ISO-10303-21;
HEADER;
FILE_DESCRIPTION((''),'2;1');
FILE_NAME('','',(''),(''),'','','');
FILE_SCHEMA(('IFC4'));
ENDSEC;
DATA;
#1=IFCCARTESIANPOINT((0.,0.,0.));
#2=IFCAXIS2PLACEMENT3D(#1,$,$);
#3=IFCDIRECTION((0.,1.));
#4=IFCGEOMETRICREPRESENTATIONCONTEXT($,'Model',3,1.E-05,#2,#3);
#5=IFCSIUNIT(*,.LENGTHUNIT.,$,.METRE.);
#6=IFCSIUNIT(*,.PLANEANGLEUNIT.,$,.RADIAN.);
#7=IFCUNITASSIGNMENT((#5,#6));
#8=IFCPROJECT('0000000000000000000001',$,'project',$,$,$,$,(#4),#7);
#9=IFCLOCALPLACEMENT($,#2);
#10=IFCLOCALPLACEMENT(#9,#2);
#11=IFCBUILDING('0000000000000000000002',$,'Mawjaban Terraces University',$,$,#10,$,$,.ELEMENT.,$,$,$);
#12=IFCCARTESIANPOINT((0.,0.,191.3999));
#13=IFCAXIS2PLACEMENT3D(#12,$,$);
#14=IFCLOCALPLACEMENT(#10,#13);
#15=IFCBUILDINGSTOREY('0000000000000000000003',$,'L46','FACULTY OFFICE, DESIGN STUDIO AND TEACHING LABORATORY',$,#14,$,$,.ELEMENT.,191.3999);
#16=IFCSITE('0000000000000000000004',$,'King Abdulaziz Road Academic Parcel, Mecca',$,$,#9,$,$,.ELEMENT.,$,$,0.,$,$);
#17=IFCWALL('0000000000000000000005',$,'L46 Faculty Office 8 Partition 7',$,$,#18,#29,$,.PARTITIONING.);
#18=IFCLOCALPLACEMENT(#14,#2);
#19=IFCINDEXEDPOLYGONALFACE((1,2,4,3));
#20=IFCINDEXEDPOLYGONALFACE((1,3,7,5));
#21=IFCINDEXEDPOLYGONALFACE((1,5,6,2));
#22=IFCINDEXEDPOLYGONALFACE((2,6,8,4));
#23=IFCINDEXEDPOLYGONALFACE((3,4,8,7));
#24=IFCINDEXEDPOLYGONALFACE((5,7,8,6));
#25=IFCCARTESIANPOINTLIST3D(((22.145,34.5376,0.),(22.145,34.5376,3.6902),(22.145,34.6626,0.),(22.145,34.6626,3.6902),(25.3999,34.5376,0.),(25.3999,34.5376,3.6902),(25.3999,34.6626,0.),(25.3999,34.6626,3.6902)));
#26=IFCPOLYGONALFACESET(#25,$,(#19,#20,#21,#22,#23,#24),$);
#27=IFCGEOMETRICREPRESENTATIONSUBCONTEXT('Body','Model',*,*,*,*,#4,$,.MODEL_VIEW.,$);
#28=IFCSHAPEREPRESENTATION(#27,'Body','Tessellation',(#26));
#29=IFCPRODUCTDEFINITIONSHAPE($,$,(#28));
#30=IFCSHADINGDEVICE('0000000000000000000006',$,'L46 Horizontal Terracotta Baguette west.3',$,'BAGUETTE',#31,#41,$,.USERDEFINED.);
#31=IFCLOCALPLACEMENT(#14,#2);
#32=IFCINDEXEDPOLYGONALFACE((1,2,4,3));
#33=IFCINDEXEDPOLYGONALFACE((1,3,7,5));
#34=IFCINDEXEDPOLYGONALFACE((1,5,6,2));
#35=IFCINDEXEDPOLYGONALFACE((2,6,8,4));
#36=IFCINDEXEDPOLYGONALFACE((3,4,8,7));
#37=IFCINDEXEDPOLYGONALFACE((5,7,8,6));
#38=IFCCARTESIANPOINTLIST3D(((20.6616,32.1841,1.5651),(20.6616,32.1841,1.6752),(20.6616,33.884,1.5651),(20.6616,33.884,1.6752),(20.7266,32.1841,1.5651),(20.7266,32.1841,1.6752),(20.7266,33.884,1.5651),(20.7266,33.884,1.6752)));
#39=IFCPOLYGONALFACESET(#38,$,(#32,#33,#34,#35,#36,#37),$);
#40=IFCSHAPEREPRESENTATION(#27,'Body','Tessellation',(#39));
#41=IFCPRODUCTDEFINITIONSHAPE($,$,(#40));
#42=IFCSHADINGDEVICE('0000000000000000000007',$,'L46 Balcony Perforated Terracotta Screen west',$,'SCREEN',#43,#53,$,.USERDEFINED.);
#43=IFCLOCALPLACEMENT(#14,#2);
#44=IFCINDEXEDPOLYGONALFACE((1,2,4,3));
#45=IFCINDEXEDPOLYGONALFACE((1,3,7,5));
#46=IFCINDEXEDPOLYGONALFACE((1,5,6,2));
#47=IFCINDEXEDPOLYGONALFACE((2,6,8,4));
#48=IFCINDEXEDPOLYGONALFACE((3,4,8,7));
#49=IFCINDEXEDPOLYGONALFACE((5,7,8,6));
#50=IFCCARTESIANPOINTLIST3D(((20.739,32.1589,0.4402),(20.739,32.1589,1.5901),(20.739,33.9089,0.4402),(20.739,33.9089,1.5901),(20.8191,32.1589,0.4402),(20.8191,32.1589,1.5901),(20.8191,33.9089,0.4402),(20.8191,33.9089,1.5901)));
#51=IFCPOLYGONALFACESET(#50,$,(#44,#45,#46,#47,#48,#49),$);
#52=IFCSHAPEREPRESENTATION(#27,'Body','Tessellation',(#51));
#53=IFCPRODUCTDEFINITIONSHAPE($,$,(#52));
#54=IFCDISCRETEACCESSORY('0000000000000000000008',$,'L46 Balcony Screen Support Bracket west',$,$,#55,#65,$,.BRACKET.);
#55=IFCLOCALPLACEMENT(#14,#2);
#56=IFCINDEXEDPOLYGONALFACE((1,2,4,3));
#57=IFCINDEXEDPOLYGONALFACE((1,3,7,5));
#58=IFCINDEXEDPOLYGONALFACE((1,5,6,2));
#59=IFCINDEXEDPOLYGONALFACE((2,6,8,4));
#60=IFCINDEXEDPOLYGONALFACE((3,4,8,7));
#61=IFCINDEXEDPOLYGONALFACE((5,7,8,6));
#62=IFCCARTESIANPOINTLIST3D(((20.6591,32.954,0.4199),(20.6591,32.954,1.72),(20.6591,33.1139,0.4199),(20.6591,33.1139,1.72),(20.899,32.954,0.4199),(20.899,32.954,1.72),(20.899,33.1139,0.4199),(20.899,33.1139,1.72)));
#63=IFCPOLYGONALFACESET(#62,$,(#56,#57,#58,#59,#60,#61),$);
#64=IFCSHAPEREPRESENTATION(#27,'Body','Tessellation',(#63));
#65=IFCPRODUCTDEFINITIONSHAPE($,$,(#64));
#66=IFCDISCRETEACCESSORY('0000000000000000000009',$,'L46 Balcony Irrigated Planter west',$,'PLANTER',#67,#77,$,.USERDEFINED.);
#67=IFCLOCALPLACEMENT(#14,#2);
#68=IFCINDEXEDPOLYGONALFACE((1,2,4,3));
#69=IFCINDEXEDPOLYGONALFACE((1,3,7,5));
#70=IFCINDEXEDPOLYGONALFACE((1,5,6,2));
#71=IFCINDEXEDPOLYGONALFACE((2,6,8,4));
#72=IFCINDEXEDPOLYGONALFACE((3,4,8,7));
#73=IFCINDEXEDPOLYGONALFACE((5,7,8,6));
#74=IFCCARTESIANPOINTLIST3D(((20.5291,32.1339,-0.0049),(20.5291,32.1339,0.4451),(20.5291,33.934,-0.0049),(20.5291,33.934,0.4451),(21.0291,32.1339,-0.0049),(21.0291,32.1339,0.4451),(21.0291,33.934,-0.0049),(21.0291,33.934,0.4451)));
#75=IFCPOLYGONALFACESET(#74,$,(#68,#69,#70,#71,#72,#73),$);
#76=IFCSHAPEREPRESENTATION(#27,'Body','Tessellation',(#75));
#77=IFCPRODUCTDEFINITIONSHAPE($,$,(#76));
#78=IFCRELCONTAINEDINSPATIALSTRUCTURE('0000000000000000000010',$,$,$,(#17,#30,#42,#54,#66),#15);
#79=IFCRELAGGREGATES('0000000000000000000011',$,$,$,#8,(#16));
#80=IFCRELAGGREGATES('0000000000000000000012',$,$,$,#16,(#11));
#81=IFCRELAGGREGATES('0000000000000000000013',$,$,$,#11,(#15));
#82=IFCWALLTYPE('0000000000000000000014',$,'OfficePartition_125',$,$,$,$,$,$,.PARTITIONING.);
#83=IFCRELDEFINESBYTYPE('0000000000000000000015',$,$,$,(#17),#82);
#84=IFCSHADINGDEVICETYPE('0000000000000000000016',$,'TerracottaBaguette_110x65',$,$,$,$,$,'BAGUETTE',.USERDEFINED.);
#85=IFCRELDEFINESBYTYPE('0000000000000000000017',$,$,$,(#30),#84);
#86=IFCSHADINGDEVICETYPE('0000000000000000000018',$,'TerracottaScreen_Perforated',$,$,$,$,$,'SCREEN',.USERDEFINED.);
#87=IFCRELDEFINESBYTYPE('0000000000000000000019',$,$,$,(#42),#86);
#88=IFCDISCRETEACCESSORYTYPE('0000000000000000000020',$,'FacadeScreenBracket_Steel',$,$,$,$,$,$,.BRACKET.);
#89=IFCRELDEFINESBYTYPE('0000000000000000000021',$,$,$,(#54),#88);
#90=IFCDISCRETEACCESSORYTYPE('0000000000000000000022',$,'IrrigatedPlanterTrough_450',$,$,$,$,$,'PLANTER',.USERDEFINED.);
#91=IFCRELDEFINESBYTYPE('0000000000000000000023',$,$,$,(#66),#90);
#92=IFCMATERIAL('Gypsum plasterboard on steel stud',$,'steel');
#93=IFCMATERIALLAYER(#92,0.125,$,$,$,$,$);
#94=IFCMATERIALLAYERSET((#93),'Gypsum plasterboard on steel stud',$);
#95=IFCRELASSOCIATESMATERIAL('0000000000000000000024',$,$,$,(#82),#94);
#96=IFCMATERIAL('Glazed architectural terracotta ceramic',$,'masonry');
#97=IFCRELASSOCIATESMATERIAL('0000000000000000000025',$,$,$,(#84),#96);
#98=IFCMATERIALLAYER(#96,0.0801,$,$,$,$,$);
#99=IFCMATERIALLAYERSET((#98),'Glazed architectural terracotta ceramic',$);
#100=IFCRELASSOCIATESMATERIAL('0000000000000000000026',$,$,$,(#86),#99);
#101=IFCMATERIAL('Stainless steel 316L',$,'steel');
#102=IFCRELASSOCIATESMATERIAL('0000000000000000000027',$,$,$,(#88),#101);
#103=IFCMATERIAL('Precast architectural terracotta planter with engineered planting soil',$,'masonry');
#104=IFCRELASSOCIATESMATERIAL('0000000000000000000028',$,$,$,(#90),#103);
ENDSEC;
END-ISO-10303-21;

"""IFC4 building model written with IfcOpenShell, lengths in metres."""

from ifc_helpers import new_model, si_unit, direction, frame, frame_2d, origin, origin_2d, place, context, subcontext, project, spatial, rectangle, extrude, material, layer, layer_set, material_profile, profile_set, type_object, element, save


model = new_model("IFC4")

# Units and contexts
model_context = context("Model", 3, precision=1e-05, world=origin(), true_north=direction((0.0, 1.0)))
body_context = subcontext(model_context, "Body", "Model", "MODEL_VIEW")
ifc_project = project(units=[si_unit("LENGTHUNIT", "METRE"), si_unit("PLANEANGLEUNIT", "RADIAN")], contexts=[model_context])

# Site, building, storey
site_placement = place(None, origin())
site = spatial("IfcSite", under=ifc_project, at=site_placement, Name="King Abdulaziz Road Academic Parcel, Mecca", CompositionType="ELEMENT", RefElevation=0.0)
building_placement = place(site_placement, origin())
building = spatial("IfcBuilding", under=site, at=building_placement, Name="Mawjaban Terraces University", CompositionType="ELEMENT")
storey_placement = place(building_placement, frame((0.0, 0.0, 191.3999)))
storey = spatial("IfcBuildingStorey", under=building, at=storey_placement, Name="L46", Description="FACULTY OFFICE, DESIGN STUDIO AND TEACHING LABORATORY", CompositionType="ELEMENT", Elevation=191.3999)

# Wall
ifc_material_1 = material(Name="Gypsum plasterboard on steel stud", Category="steel")
ifc_layer_1 = layer(ifc_material_1, 0.125)
ifc_layer_set_1 = layer_set([ifc_layer_1], Name="Gypsum plasterboard on steel stud")
wall_type_1 = type_object("IfcWallType", Name="OfficePartition_125", PredefinedType="PARTITIONING", material=ifc_layer_set_1)
wall_1_placement = place(storey_placement, frame((25.3999, 34.6001, 0.0), z_axis=(0.0, 0.0, 1.0), x_axis=(-1.0, 0.0, 0.0)))
element("IfcWall", 1, at=wall_1_placement, inside=storey, type_object=wall_type_1, Name="L46 Faculty Office 8 Partition 7", PredefinedType="PARTITIONING", context=body_context, shape_type="SweptSolid", body=[
    extrude(rectangle(XDim=3.2549, YDim=0.125, at=frame_2d((1.6274, 0.0))), origin(), (0.0, 0.0, 1.0), 3.6902),
])

# Shading devices
ifc_material_2 = material(Name="Glazed architectural terracotta ceramic", Category="masonry")
ifc_material_profile_1 = material_profile(ifc_material_2, rectangle(XDim=0.0649, YDim=0.1101, at=origin_2d()), Name="TBAG110X65")
ifc_profile_set_1 = profile_set([ifc_material_profile_1], Name="Glazed architectural terracotta ceramic")
shading_device_type_1 = type_object("IfcShadingDeviceType", Name="TerracottaBaguette_110x65", ElementType="BAGUETTE", PredefinedType="USERDEFINED", material=ifc_profile_set_1)
shading_device_1_placement = place(storey_placement, frame((20.6941, 32.1841, 1.6201), z_axis=(0.0, 1.0, 0.0), x_axis=(-1.0, 0.0, 0.0)))
element("IfcShadingDevice", 2, at=shading_device_1_placement, inside=storey, type_object=shading_device_type_1, Name="L46 Horizontal Terracotta Baguette west.3", ObjectType="BAGUETTE", PredefinedType="USERDEFINED", context=body_context, shape_type="SweptSolid", body=[
    extrude(rectangle(XDim=0.0649, YDim=0.1101, at=origin_2d()), origin(), (0.0, 0.0, 1.0), 1.7),
])
ifc_layer_2 = layer(ifc_material_2, 0.0801)
ifc_layer_set_2 = layer_set([ifc_layer_2], Name="Glazed architectural terracotta ceramic")
shading_device_type_2 = type_object("IfcShadingDeviceType", Name="TerracottaScreen_Perforated", ElementType="SCREEN", PredefinedType="USERDEFINED", material=ifc_layer_set_2)
shading_device_2_placement = place(storey_placement, frame((20.7791, 33.0339, 0.4402), z_axis=(0.0, 0.0, 1.0), x_axis=(0.0, 1.0, 0.0)))
element("IfcShadingDevice", 3, at=shading_device_2_placement, inside=storey, type_object=shading_device_type_2, Name="L46 Balcony Perforated Terracotta Screen west", ObjectType="SCREEN", PredefinedType="USERDEFINED", context=body_context, shape_type="SweptSolid", body=[
    extrude(rectangle(XDim=1.75, YDim=0.0801, at=origin_2d()), origin(), (0.0, 0.0, 1.0), 1.1499),
])

# Discrete accessories
ifc_material_3 = material(Name="Stainless steel 316L", Category="steel")
discrete_accessory_type_1 = type_object("IfcDiscreteAccessoryType", Name="FacadeScreenBracket_Steel", PredefinedType="BRACKET", material=ifc_material_3)
discrete_accessory_1_placement = place(storey_placement, frame((20.7791, 33.0339, 0.4199), z_axis=(0.0, 0.0, 1.0), x_axis=(0.0, 1.0, 0.0)))
element("IfcDiscreteAccessory", 4, at=discrete_accessory_1_placement, inside=storey, type_object=discrete_accessory_type_1, Name="L46 Balcony Screen Support Bracket west", PredefinedType="BRACKET", context=body_context, shape_type="SweptSolid", body=[
    extrude(rectangle(XDim=0.1599, YDim=0.24, at=origin_2d()), origin(), (0.0, 0.0, 1.0), 1.3),
])
ifc_material_4 = material(Name="Precast architectural terracotta planter with engineered planting soil", Category="masonry")
discrete_accessory_type_2 = type_object("IfcDiscreteAccessoryType", Name="IrrigatedPlanterTrough_450", ElementType="PLANTER", PredefinedType="USERDEFINED", material=ifc_material_4)
discrete_accessory_2_placement = place(storey_placement, frame((20.7791, 33.0339, -0.0049), z_axis=(0.0, 0.0, 1.0), x_axis=(0.0, 1.0, 0.0)))
element("IfcDiscreteAccessory", 5, at=discrete_accessory_2_placement, inside=storey, type_object=discrete_accessory_type_2, Name="L46 Balcony Irrigated Planter west", ObjectType="PLANTER", PredefinedType="USERDEFINED", context=body_context, shape_type="SweptSolid", body=[
    extrude(rectangle(XDim=1.8, YDim=0.5, at=origin_2d()), origin(), (0.0, 0.0, 1.0), 0.45),
])

save(model, "model.ifc")
